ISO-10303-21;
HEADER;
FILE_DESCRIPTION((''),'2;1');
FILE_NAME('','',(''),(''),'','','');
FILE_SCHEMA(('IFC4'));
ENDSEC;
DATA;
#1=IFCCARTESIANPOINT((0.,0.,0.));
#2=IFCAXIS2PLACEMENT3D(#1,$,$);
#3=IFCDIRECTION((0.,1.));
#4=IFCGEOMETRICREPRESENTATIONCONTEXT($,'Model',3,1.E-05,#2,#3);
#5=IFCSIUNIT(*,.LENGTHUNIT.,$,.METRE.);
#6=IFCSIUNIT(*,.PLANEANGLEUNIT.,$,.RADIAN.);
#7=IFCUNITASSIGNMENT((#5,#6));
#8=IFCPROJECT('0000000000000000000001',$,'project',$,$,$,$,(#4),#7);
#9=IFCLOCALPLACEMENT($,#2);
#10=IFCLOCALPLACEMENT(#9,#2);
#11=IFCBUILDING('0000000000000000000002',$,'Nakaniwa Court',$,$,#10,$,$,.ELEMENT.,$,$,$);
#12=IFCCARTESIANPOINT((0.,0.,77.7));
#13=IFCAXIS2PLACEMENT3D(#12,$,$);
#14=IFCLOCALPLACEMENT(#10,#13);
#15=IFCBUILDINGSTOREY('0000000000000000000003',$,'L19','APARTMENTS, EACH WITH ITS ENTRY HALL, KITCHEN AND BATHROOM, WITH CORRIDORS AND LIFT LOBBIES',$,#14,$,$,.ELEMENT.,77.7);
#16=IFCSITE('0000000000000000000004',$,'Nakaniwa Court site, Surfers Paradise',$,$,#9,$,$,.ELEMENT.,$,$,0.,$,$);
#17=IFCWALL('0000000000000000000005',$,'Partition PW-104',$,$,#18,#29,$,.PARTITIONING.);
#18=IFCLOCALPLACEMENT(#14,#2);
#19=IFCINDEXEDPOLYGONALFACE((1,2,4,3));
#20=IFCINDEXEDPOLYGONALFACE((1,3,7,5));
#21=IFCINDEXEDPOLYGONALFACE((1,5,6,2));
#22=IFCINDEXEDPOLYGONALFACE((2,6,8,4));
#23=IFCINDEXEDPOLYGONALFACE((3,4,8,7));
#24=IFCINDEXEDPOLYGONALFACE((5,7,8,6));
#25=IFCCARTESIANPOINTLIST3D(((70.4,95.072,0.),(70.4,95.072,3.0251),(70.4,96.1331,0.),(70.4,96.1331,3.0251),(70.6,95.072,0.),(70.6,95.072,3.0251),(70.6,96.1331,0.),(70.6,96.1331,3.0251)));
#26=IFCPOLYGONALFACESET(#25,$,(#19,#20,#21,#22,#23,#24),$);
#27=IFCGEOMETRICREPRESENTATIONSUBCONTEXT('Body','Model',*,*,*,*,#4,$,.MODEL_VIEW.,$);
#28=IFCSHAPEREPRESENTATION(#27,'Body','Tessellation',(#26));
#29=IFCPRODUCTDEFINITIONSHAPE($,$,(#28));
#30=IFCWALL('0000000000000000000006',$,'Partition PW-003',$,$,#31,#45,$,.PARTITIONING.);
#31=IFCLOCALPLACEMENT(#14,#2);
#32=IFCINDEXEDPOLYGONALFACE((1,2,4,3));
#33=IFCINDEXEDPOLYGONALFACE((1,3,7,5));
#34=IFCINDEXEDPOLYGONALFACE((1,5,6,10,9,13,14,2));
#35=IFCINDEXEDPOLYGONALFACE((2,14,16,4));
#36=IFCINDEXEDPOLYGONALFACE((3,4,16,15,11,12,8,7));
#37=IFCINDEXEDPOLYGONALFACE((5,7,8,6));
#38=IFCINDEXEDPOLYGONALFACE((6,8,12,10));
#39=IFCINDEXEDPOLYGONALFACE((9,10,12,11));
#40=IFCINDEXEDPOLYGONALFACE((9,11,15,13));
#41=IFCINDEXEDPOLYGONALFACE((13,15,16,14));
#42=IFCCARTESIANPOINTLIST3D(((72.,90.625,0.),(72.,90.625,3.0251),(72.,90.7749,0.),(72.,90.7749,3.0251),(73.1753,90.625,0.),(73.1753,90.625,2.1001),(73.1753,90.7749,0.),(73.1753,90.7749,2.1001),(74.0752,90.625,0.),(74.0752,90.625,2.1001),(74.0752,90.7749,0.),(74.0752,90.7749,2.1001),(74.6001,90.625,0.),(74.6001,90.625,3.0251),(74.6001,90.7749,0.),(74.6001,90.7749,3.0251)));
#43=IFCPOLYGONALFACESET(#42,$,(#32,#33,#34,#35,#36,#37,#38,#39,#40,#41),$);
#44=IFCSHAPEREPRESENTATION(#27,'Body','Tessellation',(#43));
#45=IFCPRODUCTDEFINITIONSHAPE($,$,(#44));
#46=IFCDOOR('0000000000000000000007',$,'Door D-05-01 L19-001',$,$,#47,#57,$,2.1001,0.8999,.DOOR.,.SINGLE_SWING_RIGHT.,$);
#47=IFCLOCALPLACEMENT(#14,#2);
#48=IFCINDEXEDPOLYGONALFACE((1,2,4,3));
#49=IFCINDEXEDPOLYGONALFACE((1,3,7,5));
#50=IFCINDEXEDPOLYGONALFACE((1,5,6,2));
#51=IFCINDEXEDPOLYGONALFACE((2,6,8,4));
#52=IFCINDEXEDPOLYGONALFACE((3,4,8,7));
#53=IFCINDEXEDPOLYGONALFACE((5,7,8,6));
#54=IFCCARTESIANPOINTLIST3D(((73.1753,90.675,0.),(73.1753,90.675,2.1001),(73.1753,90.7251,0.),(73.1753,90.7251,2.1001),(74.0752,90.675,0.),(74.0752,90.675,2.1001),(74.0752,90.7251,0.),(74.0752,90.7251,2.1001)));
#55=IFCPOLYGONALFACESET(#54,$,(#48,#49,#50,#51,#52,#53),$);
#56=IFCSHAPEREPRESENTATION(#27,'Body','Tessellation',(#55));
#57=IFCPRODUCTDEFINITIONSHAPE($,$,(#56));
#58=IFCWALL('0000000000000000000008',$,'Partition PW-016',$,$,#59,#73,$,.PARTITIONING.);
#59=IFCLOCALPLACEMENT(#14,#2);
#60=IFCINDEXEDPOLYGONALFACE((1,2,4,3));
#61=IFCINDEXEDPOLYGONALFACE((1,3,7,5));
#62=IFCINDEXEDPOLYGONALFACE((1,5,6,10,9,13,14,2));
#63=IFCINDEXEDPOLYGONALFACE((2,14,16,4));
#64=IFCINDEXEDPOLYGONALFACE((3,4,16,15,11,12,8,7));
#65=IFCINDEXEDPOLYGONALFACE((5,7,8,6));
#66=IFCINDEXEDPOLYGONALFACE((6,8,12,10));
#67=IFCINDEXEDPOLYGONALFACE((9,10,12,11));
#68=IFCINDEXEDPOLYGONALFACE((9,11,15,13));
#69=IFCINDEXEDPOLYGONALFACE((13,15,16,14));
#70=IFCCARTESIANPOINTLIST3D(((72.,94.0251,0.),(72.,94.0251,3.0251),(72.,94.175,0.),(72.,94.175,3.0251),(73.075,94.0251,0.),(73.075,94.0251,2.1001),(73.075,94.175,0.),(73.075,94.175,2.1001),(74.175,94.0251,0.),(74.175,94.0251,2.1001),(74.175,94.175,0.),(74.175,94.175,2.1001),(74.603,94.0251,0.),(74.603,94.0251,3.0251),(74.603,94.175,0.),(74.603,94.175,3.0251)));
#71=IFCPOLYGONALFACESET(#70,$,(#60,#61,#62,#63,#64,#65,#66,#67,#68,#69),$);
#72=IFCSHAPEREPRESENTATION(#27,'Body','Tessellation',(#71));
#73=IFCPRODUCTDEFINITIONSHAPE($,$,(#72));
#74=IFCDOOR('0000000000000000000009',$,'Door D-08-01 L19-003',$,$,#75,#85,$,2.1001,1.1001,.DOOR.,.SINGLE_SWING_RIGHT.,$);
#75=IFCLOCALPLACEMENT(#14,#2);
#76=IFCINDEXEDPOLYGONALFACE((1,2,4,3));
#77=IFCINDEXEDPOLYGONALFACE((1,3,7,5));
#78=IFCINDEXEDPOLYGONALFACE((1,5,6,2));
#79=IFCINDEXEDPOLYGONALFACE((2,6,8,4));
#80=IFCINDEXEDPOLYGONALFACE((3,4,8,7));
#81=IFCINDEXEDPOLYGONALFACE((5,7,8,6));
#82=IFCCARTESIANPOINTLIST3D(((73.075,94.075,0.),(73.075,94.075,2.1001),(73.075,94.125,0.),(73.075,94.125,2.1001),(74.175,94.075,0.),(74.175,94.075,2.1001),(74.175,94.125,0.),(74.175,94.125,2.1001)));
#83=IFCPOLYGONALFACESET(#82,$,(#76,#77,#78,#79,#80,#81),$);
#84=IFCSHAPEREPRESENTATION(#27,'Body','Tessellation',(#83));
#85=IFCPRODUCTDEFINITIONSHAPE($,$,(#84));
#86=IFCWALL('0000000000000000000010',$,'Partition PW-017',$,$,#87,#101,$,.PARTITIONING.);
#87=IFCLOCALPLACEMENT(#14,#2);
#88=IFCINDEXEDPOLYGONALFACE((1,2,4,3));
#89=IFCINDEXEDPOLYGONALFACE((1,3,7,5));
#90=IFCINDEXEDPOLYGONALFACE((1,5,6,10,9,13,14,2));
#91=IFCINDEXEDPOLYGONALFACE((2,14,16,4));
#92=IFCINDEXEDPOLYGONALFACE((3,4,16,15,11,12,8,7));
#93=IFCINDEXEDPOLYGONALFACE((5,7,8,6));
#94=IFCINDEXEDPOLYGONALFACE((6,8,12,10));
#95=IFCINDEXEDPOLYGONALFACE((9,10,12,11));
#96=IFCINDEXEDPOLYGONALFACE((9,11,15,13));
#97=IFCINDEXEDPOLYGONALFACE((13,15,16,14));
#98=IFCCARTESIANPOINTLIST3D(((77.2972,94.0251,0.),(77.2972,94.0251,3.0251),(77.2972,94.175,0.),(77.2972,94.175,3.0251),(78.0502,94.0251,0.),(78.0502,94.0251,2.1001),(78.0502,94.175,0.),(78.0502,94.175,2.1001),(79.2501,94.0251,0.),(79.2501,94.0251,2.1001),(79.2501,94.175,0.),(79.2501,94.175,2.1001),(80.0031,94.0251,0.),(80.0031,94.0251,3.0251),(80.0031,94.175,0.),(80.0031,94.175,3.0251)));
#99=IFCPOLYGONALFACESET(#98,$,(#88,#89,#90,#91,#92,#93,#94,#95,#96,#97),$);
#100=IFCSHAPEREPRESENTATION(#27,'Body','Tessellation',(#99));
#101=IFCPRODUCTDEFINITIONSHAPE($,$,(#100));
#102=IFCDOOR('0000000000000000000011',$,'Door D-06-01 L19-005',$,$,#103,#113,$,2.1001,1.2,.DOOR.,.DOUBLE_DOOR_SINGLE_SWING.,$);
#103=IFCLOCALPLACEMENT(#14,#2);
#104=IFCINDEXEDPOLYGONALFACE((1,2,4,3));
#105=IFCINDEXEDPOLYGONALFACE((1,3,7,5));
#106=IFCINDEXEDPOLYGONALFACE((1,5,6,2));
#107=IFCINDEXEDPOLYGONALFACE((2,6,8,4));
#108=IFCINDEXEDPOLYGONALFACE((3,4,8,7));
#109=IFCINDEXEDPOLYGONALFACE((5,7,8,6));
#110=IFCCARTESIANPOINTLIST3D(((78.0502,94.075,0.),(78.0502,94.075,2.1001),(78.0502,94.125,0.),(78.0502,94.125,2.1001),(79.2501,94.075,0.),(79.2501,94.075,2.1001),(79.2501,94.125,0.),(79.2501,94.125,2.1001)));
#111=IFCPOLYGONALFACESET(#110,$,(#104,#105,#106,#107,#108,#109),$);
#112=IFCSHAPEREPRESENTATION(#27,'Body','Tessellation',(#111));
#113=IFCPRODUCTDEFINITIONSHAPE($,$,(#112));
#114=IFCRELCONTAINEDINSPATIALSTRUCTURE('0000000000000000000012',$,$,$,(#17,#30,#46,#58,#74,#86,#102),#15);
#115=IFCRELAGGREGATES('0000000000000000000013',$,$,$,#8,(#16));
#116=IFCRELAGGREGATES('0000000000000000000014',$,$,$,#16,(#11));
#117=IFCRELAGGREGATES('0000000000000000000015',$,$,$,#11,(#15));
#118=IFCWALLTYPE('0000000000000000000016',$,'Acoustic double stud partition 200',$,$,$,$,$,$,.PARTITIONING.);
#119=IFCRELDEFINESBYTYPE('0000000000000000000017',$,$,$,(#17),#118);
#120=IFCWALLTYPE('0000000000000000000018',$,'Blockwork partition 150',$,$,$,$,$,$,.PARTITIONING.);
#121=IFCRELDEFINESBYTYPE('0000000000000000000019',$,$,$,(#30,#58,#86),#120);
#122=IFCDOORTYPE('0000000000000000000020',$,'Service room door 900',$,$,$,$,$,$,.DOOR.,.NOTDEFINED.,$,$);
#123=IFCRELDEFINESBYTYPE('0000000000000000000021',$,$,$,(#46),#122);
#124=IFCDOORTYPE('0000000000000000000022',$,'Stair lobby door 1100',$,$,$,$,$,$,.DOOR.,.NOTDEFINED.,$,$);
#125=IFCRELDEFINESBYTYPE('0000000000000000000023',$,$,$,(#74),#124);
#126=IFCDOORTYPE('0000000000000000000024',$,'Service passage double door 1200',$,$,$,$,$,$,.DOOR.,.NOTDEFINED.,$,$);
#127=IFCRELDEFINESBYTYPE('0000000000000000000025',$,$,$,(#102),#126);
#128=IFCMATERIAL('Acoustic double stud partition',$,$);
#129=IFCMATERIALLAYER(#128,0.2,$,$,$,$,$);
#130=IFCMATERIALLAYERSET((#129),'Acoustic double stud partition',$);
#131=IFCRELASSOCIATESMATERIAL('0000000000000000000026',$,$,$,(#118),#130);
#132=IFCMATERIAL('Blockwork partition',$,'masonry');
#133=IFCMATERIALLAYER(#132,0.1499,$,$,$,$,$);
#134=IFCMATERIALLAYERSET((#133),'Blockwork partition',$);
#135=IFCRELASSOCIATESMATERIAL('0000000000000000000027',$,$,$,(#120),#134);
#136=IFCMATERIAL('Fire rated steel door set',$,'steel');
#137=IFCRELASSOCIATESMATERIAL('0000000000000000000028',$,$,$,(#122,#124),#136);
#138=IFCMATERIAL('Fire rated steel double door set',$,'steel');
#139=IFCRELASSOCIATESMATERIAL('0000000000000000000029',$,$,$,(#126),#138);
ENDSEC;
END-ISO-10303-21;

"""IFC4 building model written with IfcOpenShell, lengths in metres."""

from ifc_helpers import new_model, si_unit, direction, frame, frame_2d, origin, place, context, subcontext, project, spatial, rectangle, extrude, material, layer, layer_set, type_object, element, fill, save


model = new_model("IFC4")

# Units and contexts
model_context = context("Model", 3, precision=1e-05, world=origin(), true_north=direction((0.0, 1.0)))
body_context = subcontext(model_context, "Body", "Model", "MODEL_VIEW")
ifc_project = project(units=[si_unit("LENGTHUNIT", "METRE"), si_unit("PLANEANGLEUNIT", "RADIAN")], contexts=[model_context])

# Site, building, storey
site_placement = place(None, origin())
site = spatial("IfcSite", under=ifc_project, at=site_placement, Name="Nakaniwa Court site, Surfers Paradise", CompositionType="ELEMENT", RefElevation=0.0)
building_placement = place(site_placement, origin())
building = spatial("IfcBuilding", under=site, at=building_placement, Name="Nakaniwa Court", CompositionType="ELEMENT")
storey_placement = place(building_placement, frame((0.0, 0.0, 77.7)))
storey = spatial("IfcBuildingStorey", under=building, at=storey_placement, Name="L19", Description="APARTMENTS, EACH WITH ITS ENTRY HALL, KITCHEN AND BATHROOM, WITH CORRIDORS AND LIFT LOBBIES", CompositionType="ELEMENT", Elevation=77.7)

# Wall
ifc_material_1 = material(Name="Acoustic double stud partition")
ifc_layer_1 = layer(ifc_material_1, 0.2)
ifc_layer_set_1 = layer_set([ifc_layer_1], Name="Acoustic double stud partition")
wall_type_1 = type_object("IfcWallType", Name="Acoustic double stud partition 200", PredefinedType="PARTITIONING", material=ifc_layer_set_1)
wall_1_placement = place(storey_placement, frame((70.5, 95.072, 0.0), z_axis=(0.0, 0.0, 1.0), x_axis=(0.0, 1.0, 0.0)))
element("IfcWall", 1, at=wall_1_placement, inside=storey, type_object=wall_type_1, Name="Partition PW-104", PredefinedType="PARTITIONING", context=body_context, shape_type="SweptSolid", body=[
    extrude(rectangle(XDim=1.061, YDim=0.2, at=frame_2d((0.5305, 0.0))), origin(), (0.0, 0.0, 1.0), 3.0251),
])

# Walls, openings, doors
ifc_material_2 = material(Name="Blockwork partition", Category="masonry")
ifc_layer_2 = layer(ifc_material_2, 0.1499)
ifc_layer_set_2 = layer_set([ifc_layer_2], Name="Blockwork partition")
wall_type_2 = type_object("IfcWallType", Name="Blockwork partition 150", PredefinedType="PARTITIONING", material=ifc_layer_set_2)
wall_2_placement = place(storey_placement, frame((74.6001, 90.7, 0.0), z_axis=(0.0, 0.0, 1.0), x_axis=(-1.0, 0.0, 0.0)))
wall_2 = element("IfcWall", 2, at=wall_2_placement, inside=storey, type_object=wall_type_2, Name="Partition PW-003", PredefinedType="PARTITIONING", context=body_context, shape_type="SweptSolid", body=[
    extrude(rectangle(XDim=2.6001, YDim=0.1499, at=frame_2d((1.3, 0.0))), origin(), (0.0, 0.0, 1.0), 3.0251),
])
opening_1_placement = place(wall_2_placement, frame((0.5249, 0.0, 0.0)))
opening_1 = element("IfcOpeningElement", 3, at=opening_1_placement, cuts=wall_2, PredefinedType="OPENING", context=body_context, shape_type="SweptSolid", body=[
    extrude(rectangle(XDim=0.8999, YDim=2.1001, at=frame_2d((0.45, 1.05))), frame((0.0, 0.085, 0.0), z_axis=(0.0, -1.0, 0.0), x_axis=(1.0, 0.0, 0.0)), (0.0, 0.0, 1.0), 0.1699),
])
ifc_material_3 = material(Name="Fire rated steel door set", Category="steel")
door_type_1 = type_object("IfcDoorType", Name="Service room door 900", OperationType="NOTDEFINED", PredefinedType="DOOR", material=ifc_material_3)
door_1_placement = place(opening_1_placement, origin())
door_1 = element("IfcDoor", 4, at=door_1_placement, inside=storey, type_object=door_type_1, Name="Door D-05-01 L19-001", OperationType="SINGLE_SWING_RIGHT", OverallHeight=2.1001, OverallWidth=0.8999, PredefinedType="DOOR", context=body_context, shape_type="SweptSolid", body=[
    extrude(rectangle(XDim=0.8999, YDim=2.1001, at=frame_2d((0.45, 1.05))), frame((0.0, 0.0249, 0.0), z_axis=(0.0, -1.0, 0.0), x_axis=(1.0, 0.0, 0.0)), (0.0, 0.0, 1.0), 0.05),
])
fill(opening_1, door_1)
wall_3_placement = place(storey_placement, frame((72.0, 94.1001, 0.0), z_axis=(0.0, 0.0, 1.0), x_axis=(1.0, 0.0, 0.0)))
wall_3 = element("IfcWall", 5, at=wall_3_placement, inside=storey, type_object=wall_type_2, Name="Partition PW-016", PredefinedType="PARTITIONING", context=body_context, shape_type="SweptSolid", body=[
    extrude(rectangle(XDim=2.603, YDim=0.1499, at=frame_2d((1.3015, 0.0))), origin(), (0.0, 0.0, 1.0), 3.0251),
])
opening_2_placement = place(wall_3_placement, frame((1.075, 0.0, 0.0)))
opening_2 = element("IfcOpeningElement", 6, at=opening_2_placement, cuts=wall_3, PredefinedType="OPENING", context=body_context, shape_type="SweptSolid", body=[
    extrude(rectangle(XDim=1.1001, YDim=2.1001, at=frame_2d((0.55, 1.05))), frame((0.0, 0.085, 0.0), z_axis=(0.0, -1.0, 0.0), x_axis=(1.0, 0.0, 0.0)), (0.0, 0.0, 1.0), 0.1699),
])
door_type_2 = type_object("IfcDoorType", Name="Stair lobby door 1100", OperationType="NOTDEFINED", PredefinedType="DOOR", material=ifc_material_3)
door_2_placement = place(opening_2_placement, origin())
door_2 = element("IfcDoor", 7, at=door_2_placement, inside=storey, type_object=door_type_2, Name="Door D-08-01 L19-003", OperationType="SINGLE_SWING_RIGHT", OverallHeight=2.1001, OverallWidth=1.1001, PredefinedType="DOOR", context=body_context, shape_type="SweptSolid", body=[
    extrude(rectangle(XDim=1.1001, YDim=2.1001, at=frame_2d((0.55, 1.05))), frame((0.0, 0.0249, 0.0), z_axis=(0.0, -1.0, 0.0), x_axis=(1.0, 0.0, 0.0)), (0.0, 0.0, 1.0), 0.05),
])
fill(opening_2, door_2)
wall_4_placement = place(storey_placement, frame((77.2971, 94.1001, 0.0), z_axis=(0.0, 0.0, 1.0), x_axis=(1.0, 0.0, 0.0)))
wall_4 = element("IfcWall", 8, at=wall_4_placement, inside=storey, type_object=wall_type_2, Name="Partition PW-017", PredefinedType="PARTITIONING", context=body_context, shape_type="SweptSolid", body=[
    extrude(rectangle(XDim=2.7058, YDim=0.1499, at=frame_2d((1.353, 0.0))), origin(), (0.0, 0.0, 1.0), 3.0251),
])
opening_3_placement = place(wall_4_placement, frame((0.7529, 0.0, 0.0)))
opening_3 = element("IfcOpeningElement", 9, at=opening_3_placement, cuts=wall_4, PredefinedType="OPENING", context=body_context, shape_type="SweptSolid", body=[
    extrude(rectangle(XDim=1.2, YDim=2.1001, at=frame_2d((0.6001, 1.05))), frame((0.0, 0.085, 0.0), z_axis=(0.0, -1.0, 0.0), x_axis=(1.0, 0.0, 0.0)), (0.0, 0.0, 1.0), 0.1699),
])
ifc_material_4 = material(Name="Fire rated steel double door set", Category="steel")
door_type_3 = type_object("IfcDoorType", Name="Service passage double door 1200", OperationType="NOTDEFINED", PredefinedType="DOOR", material=ifc_material_4)
door_3_placement = place(opening_3_placement, origin())
door_3 = element("IfcDoor", 10, at=door_3_placement, inside=storey, type_object=door_type_3, Name="Door D-06-01 L19-005", OperationType="DOUBLE_DOOR_SINGLE_SWING", OverallHeight=2.1001, OverallWidth=1.2, PredefinedType="DOOR", context=body_context, shape_type="SweptSolid", body=[
    extrude(rectangle(XDim=1.2, YDim=2.1001, at=frame_2d((0.6001, 1.05))), frame((0.0, 0.0249, 0.0), z_axis=(0.0, -1.0, 0.0), x_axis=(1.0, 0.0, 0.0)), (0.0, 0.0, 1.0), 0.05),
])
fill(opening_3, door_3)

save(model, "model.ifc")
